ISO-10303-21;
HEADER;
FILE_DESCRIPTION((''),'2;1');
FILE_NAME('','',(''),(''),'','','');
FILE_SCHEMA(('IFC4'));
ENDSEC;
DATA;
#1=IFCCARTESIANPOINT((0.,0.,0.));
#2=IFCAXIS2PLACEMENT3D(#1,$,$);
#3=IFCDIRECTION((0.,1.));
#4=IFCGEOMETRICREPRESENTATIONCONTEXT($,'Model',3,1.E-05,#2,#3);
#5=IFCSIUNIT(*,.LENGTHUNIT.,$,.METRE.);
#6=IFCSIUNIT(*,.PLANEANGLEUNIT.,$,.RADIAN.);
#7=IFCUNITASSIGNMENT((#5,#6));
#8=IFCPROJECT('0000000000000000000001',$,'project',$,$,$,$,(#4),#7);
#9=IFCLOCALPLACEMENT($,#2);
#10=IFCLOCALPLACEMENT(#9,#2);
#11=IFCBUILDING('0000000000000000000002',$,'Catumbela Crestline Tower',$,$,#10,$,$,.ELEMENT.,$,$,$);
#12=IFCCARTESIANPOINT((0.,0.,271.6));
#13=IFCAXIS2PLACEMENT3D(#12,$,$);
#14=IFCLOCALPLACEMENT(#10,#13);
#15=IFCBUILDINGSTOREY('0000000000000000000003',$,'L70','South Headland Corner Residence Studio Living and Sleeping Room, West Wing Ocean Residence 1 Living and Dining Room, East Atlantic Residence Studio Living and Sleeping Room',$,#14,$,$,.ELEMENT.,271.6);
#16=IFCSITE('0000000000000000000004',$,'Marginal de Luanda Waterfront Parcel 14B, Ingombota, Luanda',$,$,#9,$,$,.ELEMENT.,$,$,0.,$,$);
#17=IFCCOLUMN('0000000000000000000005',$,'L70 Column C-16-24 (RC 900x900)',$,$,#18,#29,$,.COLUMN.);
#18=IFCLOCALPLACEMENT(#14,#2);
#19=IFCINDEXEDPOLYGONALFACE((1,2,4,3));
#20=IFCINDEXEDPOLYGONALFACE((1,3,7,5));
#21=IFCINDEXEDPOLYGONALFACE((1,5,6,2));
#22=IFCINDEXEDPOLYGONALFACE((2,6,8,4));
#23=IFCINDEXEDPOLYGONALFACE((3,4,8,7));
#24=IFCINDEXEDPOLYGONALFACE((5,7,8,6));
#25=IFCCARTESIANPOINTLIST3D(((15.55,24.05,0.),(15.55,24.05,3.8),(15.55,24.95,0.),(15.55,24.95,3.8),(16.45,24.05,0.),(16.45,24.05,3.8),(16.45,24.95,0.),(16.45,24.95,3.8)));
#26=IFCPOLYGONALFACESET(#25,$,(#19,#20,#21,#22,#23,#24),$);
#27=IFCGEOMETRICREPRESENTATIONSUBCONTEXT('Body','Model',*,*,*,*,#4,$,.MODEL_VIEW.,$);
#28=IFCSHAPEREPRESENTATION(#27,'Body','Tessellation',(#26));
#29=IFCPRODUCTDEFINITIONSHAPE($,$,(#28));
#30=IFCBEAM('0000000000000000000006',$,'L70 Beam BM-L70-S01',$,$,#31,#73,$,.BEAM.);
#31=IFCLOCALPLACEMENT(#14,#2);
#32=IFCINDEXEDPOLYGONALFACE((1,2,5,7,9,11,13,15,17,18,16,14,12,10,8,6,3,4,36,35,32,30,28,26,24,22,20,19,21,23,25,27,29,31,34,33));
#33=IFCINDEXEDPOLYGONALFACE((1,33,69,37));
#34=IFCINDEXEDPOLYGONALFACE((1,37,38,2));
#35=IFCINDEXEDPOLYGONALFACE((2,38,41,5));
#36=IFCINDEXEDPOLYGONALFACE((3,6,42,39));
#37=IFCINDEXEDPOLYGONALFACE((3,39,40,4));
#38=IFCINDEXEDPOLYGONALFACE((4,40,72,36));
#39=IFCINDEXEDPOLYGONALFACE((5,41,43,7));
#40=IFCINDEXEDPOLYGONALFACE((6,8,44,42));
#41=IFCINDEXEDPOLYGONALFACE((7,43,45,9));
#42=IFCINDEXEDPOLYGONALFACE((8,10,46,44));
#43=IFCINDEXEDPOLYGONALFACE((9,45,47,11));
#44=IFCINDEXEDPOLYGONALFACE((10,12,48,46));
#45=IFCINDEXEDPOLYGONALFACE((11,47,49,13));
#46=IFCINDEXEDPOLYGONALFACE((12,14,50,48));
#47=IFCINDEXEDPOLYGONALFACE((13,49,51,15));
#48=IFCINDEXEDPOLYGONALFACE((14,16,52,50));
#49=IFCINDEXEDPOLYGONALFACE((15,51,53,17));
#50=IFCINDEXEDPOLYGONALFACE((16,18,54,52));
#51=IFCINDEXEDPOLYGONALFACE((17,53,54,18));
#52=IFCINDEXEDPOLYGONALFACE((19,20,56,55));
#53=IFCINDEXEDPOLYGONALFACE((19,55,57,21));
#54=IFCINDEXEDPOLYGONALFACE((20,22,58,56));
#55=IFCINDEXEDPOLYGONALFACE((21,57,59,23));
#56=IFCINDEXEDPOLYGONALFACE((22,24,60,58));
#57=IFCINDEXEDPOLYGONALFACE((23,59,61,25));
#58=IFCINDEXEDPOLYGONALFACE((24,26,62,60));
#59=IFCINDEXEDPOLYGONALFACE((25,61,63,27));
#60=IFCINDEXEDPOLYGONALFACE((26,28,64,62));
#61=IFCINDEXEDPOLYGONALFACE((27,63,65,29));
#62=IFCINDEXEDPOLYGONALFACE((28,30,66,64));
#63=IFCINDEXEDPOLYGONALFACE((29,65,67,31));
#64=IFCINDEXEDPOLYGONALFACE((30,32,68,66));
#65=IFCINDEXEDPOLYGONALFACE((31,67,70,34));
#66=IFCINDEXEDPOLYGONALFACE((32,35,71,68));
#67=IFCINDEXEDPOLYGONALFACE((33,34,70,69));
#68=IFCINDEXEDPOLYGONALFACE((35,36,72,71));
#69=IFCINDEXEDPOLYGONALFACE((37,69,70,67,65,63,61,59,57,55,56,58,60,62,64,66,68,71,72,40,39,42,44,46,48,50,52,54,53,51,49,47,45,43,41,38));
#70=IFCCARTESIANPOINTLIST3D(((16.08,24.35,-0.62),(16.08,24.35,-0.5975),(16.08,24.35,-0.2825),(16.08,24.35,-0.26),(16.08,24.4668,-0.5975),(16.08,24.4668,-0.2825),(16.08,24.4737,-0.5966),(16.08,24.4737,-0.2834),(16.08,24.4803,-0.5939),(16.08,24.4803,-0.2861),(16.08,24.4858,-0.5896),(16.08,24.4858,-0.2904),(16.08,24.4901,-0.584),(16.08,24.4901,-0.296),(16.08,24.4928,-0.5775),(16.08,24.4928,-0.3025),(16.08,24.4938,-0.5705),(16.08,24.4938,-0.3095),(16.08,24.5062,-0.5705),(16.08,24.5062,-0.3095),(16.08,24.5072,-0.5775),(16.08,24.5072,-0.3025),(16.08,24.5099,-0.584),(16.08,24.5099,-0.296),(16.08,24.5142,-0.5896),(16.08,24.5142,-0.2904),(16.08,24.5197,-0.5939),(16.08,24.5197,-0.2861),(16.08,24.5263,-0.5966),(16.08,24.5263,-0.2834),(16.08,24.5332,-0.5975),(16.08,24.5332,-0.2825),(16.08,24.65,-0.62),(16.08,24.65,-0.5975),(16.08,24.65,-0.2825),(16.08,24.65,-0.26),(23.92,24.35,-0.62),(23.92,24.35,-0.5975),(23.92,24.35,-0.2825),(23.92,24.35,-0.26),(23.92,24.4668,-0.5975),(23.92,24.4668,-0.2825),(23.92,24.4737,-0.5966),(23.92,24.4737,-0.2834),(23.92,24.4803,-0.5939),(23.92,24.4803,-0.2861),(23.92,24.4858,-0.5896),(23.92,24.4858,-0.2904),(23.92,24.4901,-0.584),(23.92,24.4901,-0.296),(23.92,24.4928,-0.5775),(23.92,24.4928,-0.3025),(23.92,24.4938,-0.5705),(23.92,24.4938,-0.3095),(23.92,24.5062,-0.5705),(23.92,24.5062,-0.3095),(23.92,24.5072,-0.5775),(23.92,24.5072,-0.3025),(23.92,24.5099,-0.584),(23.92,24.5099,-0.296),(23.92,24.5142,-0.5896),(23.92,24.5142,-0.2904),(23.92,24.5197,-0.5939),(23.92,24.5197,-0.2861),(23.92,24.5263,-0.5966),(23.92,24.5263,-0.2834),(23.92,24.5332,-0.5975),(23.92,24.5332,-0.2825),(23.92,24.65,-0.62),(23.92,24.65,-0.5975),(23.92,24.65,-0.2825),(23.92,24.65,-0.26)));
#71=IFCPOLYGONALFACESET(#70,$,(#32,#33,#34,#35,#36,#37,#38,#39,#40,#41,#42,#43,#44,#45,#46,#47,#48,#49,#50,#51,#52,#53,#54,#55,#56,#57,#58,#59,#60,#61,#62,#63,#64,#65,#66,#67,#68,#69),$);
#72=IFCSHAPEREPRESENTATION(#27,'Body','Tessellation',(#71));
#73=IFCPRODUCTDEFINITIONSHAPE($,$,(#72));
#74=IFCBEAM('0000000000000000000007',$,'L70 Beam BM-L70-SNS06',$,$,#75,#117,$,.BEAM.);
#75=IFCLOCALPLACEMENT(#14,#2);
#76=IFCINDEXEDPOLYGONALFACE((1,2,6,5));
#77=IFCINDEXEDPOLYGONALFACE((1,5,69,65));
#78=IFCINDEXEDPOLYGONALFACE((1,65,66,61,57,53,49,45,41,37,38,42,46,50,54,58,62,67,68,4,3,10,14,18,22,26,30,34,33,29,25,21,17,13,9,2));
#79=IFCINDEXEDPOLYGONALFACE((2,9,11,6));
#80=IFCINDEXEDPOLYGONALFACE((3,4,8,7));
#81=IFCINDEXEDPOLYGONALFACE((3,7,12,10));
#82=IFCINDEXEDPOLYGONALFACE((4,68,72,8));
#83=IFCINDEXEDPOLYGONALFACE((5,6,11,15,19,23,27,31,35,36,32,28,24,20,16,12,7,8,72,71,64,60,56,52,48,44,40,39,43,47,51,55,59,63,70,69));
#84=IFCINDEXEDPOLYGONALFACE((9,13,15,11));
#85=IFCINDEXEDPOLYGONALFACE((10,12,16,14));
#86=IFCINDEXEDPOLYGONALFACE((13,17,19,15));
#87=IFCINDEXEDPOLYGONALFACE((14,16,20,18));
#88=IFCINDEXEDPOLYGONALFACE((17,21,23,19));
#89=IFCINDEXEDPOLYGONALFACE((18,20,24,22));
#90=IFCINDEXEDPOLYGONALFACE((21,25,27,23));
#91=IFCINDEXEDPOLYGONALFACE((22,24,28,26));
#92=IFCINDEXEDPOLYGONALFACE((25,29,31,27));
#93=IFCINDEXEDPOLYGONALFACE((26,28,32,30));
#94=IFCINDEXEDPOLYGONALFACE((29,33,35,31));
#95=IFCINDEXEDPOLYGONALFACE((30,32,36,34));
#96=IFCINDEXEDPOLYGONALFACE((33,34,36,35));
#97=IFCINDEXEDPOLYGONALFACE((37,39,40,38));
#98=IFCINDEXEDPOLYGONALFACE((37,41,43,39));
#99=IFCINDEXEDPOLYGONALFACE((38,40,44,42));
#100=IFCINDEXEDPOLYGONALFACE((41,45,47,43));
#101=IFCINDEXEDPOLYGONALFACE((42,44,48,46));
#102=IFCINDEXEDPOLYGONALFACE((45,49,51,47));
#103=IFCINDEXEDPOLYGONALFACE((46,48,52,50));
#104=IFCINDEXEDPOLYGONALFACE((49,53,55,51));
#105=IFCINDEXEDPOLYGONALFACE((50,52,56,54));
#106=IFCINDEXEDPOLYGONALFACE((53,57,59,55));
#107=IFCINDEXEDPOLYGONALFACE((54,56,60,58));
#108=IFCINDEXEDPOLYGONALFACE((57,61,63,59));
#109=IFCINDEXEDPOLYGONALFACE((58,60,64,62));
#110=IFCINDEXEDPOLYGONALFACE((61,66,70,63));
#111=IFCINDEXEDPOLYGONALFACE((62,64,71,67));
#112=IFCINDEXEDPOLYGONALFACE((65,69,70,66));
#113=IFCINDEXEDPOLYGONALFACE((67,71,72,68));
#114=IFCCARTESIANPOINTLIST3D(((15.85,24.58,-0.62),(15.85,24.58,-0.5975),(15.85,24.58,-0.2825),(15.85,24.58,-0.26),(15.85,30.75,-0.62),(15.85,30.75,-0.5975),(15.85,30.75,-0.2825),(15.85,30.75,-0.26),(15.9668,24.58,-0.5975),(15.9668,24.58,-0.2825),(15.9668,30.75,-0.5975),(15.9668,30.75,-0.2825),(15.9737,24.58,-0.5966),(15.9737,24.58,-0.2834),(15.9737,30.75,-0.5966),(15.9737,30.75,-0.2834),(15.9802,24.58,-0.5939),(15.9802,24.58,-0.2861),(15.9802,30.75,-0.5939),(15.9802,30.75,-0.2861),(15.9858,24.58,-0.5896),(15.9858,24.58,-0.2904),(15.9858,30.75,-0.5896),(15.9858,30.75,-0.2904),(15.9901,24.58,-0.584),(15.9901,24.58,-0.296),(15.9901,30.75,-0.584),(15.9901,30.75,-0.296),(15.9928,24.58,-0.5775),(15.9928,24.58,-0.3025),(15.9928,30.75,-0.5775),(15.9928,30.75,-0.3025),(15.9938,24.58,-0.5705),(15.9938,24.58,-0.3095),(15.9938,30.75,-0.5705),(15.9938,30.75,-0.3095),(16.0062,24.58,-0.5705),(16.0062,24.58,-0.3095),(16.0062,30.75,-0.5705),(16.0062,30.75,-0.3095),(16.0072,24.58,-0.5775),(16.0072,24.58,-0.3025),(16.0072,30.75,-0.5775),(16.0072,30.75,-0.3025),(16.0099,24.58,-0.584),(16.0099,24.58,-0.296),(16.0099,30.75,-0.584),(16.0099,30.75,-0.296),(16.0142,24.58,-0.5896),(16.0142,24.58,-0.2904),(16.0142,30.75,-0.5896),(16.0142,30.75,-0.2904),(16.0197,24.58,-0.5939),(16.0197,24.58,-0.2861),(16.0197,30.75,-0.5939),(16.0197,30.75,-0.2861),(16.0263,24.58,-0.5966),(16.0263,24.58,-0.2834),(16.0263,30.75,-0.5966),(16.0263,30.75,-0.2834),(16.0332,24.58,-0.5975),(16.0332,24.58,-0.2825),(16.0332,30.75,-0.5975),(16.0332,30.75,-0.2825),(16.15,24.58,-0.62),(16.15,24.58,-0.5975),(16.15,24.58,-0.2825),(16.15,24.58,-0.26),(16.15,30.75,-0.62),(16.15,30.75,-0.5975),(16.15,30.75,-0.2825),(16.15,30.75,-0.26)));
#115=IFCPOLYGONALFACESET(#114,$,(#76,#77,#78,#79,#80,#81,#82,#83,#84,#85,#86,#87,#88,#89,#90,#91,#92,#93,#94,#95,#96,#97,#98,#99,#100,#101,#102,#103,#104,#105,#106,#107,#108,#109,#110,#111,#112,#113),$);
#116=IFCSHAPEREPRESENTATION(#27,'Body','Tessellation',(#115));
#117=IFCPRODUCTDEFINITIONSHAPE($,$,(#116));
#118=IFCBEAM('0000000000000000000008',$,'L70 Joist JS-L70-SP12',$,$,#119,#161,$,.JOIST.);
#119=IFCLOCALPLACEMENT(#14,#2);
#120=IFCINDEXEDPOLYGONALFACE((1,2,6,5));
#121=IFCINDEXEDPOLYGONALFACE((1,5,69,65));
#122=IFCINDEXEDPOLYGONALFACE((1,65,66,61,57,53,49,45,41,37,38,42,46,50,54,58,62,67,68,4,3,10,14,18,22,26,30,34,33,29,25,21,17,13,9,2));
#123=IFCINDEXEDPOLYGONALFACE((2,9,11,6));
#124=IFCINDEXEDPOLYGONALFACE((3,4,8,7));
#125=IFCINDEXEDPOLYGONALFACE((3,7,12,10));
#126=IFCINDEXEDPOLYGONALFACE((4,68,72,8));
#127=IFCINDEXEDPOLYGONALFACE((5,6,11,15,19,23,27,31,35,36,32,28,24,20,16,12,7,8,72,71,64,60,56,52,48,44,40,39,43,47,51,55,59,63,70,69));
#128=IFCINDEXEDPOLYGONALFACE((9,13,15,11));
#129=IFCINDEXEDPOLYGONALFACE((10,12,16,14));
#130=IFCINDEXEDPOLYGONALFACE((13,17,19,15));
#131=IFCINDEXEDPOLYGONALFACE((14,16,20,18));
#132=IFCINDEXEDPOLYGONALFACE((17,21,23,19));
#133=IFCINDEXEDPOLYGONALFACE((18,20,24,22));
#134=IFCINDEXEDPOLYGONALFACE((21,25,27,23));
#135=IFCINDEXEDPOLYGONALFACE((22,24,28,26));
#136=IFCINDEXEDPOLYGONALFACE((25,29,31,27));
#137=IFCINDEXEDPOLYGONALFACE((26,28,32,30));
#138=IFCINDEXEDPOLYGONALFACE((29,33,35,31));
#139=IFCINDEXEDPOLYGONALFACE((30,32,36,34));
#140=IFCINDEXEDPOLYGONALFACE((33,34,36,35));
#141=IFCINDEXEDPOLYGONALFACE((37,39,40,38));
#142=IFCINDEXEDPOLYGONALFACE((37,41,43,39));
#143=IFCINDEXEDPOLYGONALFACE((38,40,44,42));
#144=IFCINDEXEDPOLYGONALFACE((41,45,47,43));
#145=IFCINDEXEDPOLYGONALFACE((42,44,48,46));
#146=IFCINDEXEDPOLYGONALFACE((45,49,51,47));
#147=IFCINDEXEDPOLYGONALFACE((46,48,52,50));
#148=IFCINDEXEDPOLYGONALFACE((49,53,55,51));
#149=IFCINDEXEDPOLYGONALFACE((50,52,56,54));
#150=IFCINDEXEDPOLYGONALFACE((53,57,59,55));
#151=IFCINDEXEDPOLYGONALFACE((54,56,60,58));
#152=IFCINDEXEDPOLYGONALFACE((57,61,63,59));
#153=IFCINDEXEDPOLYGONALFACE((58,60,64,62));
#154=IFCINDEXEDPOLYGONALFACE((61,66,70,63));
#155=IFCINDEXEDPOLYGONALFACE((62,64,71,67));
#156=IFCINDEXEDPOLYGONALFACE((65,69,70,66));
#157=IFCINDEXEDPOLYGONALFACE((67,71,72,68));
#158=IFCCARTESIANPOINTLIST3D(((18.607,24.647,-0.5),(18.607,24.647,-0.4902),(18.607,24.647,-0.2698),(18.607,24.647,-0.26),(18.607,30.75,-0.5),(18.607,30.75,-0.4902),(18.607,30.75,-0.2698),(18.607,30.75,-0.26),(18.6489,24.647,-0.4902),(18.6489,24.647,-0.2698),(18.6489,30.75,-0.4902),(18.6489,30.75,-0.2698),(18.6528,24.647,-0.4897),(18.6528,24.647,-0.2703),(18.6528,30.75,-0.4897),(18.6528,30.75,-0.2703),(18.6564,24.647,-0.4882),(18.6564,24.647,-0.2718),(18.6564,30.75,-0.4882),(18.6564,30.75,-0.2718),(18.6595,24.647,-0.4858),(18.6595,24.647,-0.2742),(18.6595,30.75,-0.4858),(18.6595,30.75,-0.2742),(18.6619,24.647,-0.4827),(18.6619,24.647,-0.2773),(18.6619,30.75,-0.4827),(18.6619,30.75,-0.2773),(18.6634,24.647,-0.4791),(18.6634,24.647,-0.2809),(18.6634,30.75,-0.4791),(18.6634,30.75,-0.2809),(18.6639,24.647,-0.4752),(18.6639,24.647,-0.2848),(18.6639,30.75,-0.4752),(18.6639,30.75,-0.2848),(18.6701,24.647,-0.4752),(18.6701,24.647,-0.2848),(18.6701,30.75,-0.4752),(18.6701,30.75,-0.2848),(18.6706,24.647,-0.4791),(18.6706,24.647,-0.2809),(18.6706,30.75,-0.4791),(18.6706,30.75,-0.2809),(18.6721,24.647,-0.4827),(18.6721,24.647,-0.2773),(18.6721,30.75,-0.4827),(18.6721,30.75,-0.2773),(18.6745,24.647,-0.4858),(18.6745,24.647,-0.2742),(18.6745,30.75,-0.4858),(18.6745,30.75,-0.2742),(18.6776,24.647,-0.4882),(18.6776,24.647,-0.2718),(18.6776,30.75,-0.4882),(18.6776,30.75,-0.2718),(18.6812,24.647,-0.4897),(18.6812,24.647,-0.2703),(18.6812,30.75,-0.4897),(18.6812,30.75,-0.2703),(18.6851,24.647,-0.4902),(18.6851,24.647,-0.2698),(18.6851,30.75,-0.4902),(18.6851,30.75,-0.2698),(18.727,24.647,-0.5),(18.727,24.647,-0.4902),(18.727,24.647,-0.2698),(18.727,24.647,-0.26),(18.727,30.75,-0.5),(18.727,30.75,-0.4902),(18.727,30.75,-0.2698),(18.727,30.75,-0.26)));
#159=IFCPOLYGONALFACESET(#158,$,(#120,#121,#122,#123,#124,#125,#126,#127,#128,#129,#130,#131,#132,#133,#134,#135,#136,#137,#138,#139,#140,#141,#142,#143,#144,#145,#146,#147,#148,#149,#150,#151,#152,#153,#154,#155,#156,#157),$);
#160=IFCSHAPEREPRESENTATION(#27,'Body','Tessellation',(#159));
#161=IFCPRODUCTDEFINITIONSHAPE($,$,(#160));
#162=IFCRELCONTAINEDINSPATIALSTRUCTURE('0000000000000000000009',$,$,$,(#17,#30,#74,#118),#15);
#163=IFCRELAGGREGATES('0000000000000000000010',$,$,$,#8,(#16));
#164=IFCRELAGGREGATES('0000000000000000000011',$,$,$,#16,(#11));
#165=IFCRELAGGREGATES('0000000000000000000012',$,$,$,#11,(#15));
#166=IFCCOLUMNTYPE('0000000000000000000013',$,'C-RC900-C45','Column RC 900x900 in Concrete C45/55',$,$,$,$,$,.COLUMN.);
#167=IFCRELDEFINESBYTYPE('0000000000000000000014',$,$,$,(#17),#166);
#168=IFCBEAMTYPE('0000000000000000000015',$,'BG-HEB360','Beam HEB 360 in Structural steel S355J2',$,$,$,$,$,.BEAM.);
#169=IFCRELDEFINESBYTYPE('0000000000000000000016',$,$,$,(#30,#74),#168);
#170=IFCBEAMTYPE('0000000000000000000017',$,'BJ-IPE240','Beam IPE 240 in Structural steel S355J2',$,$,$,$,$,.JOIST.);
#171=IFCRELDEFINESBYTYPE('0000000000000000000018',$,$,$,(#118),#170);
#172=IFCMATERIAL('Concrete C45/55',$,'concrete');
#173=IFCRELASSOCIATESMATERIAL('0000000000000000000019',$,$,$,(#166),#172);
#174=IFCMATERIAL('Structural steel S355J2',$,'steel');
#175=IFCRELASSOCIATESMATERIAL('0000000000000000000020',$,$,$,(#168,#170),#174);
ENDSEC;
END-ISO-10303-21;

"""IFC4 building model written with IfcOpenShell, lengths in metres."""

from ifc_helpers import new_model, si_unit, direction, frame, origin, origin_2d, place, context, subcontext, project, spatial, rectangle, i_section, extrude, material, material_profile, profile_set, type_object, element, save


model = new_model("IFC4")

# Units and contexts
model_context = context("Model", 3, precision=1e-05, world=origin(), true_north=direction((0.0, 1.0)))
body_context = subcontext(model_context, "Body", "Model", "MODEL_VIEW")
ifc_project = project(units=[si_unit("LENGTHUNIT", "METRE"), si_unit("PLANEANGLEUNIT", "RADIAN")], contexts=[model_context])

# Site, building, storey
site_placement = place(None, origin())
site = spatial("IfcSite", under=ifc_project, at=site_placement, Name="Marginal de Luanda Waterfront Parcel 14B, Ingombota, Luanda", CompositionType="ELEMENT", RefElevation=0.0)
building_placement = place(site_placement, origin())
building = spatial("IfcBuilding", under=site, at=building_placement, Name="Catumbela Crestline Tower", CompositionType="ELEMENT")
storey_placement = place(building_placement, frame((0.0, 0.0, 271.6)))
storey = spatial("IfcBuildingStorey", under=building, at=storey_placement, Name="L70", Description="South Headland Corner Residence Studio Living and Sleeping Room, West Wing Ocean Residence 1 Living and Dining Room, East Atlantic Residence Studio Living and Sleeping Room", CompositionType="ELEMENT", Elevation=271.6)

# Column
ifc_material_1 = material(Name="Concrete C45/55", Category="concrete")
ifc_material_profile_1 = material_profile(ifc_material_1, rectangle(XDim=0.9, YDim=0.9, at=origin_2d()), Name="RC 900x900")
ifc_profile_set_1 = profile_set([ifc_material_profile_1], Name="Concrete C45/55")
column_type = type_object("IfcColumnType", Name="C-RC900-C45", Description="Column RC 900x900 in Concrete C45/55", PredefinedType="COLUMN", material=ifc_profile_set_1)
column_placement = place(storey_placement, frame((16.0, 24.5, 0.0), z_axis=(0.0, 0.0, 1.0), x_axis=(1.0, 0.0, 0.0)))
element("IfcColumn", 1, at=column_placement, inside=storey, type_object=column_type, Name="L70 Column C-16-24 (RC 900x900)", PredefinedType="COLUMN", context=body_context, shape_type="SweptSolid", body=[
    extrude(rectangle(XDim=0.9, YDim=0.9, at=origin_2d()), origin(), (0.0, 0.0, 1.0), 3.8),
])

# Beams
ifc_material_2 = material(Name="Structural steel S355J2", Category="steel")
ifc_material_profile_2 = material_profile(ifc_material_2, i_section(OverallWidth=0.3, OverallDepth=0.36, WebThickness=0.0125, FlangeThickness=0.0225, FilletRadius=0.027, at=origin_2d()), Name="HEB 360")
ifc_profile_set_2 = profile_set([ifc_material_profile_2], Name="Structural steel S355J2")
beam_type_1 = type_object("IfcBeamType", Name="BG-HEB360", Description="Beam HEB 360 in Structural steel S355J2", PredefinedType="BEAM", material=ifc_profile_set_2)
beam_1_placement = place(storey_placement, frame((16.08, 24.5, -0.44), z_axis=(1.0, 0.0, 0.0), x_axis=(0.0, 1.0, 0.0)))
element("IfcBeam", 2, at=beam_1_placement, inside=storey, type_object=beam_type_1, Name="L70 Beam BM-L70-S01", PredefinedType="BEAM", context=body_context, shape_type="SweptSolid", body=[
    extrude(i_section(OverallWidth=0.3, OverallDepth=0.36, WebThickness=0.0125, FlangeThickness=0.0225, FilletRadius=0.027, at=origin_2d()), origin(), (0.0, 0.0, 1.0), 7.84),
])
beam_2_placement = place(storey_placement, frame((16.0, 24.58, -0.44), z_axis=(0.0, 1.0, 0.0), x_axis=(-1.0, 0.0, 0.0)))
element("IfcBeam", 3, at=beam_2_placement, inside=storey, type_object=beam_type_1, Name="L70 Beam BM-L70-SNS06", PredefinedType="BEAM", context=body_context, shape_type="SweptSolid", body=[
    extrude(i_section(OverallWidth=0.3, OverallDepth=0.36, WebThickness=0.0125, FlangeThickness=0.0225, FilletRadius=0.027, at=origin_2d()), origin(), (0.0, 0.0, 1.0), 6.17),
])
ifc_material_profile_3 = material_profile(ifc_material_2, i_section(OverallWidth=0.12, OverallDepth=0.24, WebThickness=0.0062, FlangeThickness=0.0098, FilletRadius=0.015, at=origin_2d()), Name="IPE 240")
ifc_profile_set_3 = profile_set([ifc_material_profile_3], Name="Structural steel S355J2")
beam_type_2 = type_object("IfcBeamType", Name="BJ-IPE240", Description="Beam IPE 240 in Structural steel S355J2", PredefinedType="JOIST", material=ifc_profile_set_3)
for number, where, z_axis, x_axis, name in (
    (4, (18.667, 24.647, -0.38), (0.0, 1.0, 0.0), (-1.0, 0.0, 0.0), "L70 Joist JS-L70-SP12"),
):
    element("IfcBeam", number, at=place(storey_placement, frame(where, z_axis=z_axis, x_axis=x_axis)), inside=storey, type_object=beam_type_2, Name=name, PredefinedType="JOIST", context=body_context, shape_type="SweptSolid", body=[
        extrude(i_section(OverallWidth=0.12, OverallDepth=0.24, WebThickness=0.0062, FlangeThickness=0.0098, FilletRadius=0.015, at=origin_2d()), origin(), (0.0, 0.0, 1.0), 6.103),
    ])

save(model, "model.ifc")
